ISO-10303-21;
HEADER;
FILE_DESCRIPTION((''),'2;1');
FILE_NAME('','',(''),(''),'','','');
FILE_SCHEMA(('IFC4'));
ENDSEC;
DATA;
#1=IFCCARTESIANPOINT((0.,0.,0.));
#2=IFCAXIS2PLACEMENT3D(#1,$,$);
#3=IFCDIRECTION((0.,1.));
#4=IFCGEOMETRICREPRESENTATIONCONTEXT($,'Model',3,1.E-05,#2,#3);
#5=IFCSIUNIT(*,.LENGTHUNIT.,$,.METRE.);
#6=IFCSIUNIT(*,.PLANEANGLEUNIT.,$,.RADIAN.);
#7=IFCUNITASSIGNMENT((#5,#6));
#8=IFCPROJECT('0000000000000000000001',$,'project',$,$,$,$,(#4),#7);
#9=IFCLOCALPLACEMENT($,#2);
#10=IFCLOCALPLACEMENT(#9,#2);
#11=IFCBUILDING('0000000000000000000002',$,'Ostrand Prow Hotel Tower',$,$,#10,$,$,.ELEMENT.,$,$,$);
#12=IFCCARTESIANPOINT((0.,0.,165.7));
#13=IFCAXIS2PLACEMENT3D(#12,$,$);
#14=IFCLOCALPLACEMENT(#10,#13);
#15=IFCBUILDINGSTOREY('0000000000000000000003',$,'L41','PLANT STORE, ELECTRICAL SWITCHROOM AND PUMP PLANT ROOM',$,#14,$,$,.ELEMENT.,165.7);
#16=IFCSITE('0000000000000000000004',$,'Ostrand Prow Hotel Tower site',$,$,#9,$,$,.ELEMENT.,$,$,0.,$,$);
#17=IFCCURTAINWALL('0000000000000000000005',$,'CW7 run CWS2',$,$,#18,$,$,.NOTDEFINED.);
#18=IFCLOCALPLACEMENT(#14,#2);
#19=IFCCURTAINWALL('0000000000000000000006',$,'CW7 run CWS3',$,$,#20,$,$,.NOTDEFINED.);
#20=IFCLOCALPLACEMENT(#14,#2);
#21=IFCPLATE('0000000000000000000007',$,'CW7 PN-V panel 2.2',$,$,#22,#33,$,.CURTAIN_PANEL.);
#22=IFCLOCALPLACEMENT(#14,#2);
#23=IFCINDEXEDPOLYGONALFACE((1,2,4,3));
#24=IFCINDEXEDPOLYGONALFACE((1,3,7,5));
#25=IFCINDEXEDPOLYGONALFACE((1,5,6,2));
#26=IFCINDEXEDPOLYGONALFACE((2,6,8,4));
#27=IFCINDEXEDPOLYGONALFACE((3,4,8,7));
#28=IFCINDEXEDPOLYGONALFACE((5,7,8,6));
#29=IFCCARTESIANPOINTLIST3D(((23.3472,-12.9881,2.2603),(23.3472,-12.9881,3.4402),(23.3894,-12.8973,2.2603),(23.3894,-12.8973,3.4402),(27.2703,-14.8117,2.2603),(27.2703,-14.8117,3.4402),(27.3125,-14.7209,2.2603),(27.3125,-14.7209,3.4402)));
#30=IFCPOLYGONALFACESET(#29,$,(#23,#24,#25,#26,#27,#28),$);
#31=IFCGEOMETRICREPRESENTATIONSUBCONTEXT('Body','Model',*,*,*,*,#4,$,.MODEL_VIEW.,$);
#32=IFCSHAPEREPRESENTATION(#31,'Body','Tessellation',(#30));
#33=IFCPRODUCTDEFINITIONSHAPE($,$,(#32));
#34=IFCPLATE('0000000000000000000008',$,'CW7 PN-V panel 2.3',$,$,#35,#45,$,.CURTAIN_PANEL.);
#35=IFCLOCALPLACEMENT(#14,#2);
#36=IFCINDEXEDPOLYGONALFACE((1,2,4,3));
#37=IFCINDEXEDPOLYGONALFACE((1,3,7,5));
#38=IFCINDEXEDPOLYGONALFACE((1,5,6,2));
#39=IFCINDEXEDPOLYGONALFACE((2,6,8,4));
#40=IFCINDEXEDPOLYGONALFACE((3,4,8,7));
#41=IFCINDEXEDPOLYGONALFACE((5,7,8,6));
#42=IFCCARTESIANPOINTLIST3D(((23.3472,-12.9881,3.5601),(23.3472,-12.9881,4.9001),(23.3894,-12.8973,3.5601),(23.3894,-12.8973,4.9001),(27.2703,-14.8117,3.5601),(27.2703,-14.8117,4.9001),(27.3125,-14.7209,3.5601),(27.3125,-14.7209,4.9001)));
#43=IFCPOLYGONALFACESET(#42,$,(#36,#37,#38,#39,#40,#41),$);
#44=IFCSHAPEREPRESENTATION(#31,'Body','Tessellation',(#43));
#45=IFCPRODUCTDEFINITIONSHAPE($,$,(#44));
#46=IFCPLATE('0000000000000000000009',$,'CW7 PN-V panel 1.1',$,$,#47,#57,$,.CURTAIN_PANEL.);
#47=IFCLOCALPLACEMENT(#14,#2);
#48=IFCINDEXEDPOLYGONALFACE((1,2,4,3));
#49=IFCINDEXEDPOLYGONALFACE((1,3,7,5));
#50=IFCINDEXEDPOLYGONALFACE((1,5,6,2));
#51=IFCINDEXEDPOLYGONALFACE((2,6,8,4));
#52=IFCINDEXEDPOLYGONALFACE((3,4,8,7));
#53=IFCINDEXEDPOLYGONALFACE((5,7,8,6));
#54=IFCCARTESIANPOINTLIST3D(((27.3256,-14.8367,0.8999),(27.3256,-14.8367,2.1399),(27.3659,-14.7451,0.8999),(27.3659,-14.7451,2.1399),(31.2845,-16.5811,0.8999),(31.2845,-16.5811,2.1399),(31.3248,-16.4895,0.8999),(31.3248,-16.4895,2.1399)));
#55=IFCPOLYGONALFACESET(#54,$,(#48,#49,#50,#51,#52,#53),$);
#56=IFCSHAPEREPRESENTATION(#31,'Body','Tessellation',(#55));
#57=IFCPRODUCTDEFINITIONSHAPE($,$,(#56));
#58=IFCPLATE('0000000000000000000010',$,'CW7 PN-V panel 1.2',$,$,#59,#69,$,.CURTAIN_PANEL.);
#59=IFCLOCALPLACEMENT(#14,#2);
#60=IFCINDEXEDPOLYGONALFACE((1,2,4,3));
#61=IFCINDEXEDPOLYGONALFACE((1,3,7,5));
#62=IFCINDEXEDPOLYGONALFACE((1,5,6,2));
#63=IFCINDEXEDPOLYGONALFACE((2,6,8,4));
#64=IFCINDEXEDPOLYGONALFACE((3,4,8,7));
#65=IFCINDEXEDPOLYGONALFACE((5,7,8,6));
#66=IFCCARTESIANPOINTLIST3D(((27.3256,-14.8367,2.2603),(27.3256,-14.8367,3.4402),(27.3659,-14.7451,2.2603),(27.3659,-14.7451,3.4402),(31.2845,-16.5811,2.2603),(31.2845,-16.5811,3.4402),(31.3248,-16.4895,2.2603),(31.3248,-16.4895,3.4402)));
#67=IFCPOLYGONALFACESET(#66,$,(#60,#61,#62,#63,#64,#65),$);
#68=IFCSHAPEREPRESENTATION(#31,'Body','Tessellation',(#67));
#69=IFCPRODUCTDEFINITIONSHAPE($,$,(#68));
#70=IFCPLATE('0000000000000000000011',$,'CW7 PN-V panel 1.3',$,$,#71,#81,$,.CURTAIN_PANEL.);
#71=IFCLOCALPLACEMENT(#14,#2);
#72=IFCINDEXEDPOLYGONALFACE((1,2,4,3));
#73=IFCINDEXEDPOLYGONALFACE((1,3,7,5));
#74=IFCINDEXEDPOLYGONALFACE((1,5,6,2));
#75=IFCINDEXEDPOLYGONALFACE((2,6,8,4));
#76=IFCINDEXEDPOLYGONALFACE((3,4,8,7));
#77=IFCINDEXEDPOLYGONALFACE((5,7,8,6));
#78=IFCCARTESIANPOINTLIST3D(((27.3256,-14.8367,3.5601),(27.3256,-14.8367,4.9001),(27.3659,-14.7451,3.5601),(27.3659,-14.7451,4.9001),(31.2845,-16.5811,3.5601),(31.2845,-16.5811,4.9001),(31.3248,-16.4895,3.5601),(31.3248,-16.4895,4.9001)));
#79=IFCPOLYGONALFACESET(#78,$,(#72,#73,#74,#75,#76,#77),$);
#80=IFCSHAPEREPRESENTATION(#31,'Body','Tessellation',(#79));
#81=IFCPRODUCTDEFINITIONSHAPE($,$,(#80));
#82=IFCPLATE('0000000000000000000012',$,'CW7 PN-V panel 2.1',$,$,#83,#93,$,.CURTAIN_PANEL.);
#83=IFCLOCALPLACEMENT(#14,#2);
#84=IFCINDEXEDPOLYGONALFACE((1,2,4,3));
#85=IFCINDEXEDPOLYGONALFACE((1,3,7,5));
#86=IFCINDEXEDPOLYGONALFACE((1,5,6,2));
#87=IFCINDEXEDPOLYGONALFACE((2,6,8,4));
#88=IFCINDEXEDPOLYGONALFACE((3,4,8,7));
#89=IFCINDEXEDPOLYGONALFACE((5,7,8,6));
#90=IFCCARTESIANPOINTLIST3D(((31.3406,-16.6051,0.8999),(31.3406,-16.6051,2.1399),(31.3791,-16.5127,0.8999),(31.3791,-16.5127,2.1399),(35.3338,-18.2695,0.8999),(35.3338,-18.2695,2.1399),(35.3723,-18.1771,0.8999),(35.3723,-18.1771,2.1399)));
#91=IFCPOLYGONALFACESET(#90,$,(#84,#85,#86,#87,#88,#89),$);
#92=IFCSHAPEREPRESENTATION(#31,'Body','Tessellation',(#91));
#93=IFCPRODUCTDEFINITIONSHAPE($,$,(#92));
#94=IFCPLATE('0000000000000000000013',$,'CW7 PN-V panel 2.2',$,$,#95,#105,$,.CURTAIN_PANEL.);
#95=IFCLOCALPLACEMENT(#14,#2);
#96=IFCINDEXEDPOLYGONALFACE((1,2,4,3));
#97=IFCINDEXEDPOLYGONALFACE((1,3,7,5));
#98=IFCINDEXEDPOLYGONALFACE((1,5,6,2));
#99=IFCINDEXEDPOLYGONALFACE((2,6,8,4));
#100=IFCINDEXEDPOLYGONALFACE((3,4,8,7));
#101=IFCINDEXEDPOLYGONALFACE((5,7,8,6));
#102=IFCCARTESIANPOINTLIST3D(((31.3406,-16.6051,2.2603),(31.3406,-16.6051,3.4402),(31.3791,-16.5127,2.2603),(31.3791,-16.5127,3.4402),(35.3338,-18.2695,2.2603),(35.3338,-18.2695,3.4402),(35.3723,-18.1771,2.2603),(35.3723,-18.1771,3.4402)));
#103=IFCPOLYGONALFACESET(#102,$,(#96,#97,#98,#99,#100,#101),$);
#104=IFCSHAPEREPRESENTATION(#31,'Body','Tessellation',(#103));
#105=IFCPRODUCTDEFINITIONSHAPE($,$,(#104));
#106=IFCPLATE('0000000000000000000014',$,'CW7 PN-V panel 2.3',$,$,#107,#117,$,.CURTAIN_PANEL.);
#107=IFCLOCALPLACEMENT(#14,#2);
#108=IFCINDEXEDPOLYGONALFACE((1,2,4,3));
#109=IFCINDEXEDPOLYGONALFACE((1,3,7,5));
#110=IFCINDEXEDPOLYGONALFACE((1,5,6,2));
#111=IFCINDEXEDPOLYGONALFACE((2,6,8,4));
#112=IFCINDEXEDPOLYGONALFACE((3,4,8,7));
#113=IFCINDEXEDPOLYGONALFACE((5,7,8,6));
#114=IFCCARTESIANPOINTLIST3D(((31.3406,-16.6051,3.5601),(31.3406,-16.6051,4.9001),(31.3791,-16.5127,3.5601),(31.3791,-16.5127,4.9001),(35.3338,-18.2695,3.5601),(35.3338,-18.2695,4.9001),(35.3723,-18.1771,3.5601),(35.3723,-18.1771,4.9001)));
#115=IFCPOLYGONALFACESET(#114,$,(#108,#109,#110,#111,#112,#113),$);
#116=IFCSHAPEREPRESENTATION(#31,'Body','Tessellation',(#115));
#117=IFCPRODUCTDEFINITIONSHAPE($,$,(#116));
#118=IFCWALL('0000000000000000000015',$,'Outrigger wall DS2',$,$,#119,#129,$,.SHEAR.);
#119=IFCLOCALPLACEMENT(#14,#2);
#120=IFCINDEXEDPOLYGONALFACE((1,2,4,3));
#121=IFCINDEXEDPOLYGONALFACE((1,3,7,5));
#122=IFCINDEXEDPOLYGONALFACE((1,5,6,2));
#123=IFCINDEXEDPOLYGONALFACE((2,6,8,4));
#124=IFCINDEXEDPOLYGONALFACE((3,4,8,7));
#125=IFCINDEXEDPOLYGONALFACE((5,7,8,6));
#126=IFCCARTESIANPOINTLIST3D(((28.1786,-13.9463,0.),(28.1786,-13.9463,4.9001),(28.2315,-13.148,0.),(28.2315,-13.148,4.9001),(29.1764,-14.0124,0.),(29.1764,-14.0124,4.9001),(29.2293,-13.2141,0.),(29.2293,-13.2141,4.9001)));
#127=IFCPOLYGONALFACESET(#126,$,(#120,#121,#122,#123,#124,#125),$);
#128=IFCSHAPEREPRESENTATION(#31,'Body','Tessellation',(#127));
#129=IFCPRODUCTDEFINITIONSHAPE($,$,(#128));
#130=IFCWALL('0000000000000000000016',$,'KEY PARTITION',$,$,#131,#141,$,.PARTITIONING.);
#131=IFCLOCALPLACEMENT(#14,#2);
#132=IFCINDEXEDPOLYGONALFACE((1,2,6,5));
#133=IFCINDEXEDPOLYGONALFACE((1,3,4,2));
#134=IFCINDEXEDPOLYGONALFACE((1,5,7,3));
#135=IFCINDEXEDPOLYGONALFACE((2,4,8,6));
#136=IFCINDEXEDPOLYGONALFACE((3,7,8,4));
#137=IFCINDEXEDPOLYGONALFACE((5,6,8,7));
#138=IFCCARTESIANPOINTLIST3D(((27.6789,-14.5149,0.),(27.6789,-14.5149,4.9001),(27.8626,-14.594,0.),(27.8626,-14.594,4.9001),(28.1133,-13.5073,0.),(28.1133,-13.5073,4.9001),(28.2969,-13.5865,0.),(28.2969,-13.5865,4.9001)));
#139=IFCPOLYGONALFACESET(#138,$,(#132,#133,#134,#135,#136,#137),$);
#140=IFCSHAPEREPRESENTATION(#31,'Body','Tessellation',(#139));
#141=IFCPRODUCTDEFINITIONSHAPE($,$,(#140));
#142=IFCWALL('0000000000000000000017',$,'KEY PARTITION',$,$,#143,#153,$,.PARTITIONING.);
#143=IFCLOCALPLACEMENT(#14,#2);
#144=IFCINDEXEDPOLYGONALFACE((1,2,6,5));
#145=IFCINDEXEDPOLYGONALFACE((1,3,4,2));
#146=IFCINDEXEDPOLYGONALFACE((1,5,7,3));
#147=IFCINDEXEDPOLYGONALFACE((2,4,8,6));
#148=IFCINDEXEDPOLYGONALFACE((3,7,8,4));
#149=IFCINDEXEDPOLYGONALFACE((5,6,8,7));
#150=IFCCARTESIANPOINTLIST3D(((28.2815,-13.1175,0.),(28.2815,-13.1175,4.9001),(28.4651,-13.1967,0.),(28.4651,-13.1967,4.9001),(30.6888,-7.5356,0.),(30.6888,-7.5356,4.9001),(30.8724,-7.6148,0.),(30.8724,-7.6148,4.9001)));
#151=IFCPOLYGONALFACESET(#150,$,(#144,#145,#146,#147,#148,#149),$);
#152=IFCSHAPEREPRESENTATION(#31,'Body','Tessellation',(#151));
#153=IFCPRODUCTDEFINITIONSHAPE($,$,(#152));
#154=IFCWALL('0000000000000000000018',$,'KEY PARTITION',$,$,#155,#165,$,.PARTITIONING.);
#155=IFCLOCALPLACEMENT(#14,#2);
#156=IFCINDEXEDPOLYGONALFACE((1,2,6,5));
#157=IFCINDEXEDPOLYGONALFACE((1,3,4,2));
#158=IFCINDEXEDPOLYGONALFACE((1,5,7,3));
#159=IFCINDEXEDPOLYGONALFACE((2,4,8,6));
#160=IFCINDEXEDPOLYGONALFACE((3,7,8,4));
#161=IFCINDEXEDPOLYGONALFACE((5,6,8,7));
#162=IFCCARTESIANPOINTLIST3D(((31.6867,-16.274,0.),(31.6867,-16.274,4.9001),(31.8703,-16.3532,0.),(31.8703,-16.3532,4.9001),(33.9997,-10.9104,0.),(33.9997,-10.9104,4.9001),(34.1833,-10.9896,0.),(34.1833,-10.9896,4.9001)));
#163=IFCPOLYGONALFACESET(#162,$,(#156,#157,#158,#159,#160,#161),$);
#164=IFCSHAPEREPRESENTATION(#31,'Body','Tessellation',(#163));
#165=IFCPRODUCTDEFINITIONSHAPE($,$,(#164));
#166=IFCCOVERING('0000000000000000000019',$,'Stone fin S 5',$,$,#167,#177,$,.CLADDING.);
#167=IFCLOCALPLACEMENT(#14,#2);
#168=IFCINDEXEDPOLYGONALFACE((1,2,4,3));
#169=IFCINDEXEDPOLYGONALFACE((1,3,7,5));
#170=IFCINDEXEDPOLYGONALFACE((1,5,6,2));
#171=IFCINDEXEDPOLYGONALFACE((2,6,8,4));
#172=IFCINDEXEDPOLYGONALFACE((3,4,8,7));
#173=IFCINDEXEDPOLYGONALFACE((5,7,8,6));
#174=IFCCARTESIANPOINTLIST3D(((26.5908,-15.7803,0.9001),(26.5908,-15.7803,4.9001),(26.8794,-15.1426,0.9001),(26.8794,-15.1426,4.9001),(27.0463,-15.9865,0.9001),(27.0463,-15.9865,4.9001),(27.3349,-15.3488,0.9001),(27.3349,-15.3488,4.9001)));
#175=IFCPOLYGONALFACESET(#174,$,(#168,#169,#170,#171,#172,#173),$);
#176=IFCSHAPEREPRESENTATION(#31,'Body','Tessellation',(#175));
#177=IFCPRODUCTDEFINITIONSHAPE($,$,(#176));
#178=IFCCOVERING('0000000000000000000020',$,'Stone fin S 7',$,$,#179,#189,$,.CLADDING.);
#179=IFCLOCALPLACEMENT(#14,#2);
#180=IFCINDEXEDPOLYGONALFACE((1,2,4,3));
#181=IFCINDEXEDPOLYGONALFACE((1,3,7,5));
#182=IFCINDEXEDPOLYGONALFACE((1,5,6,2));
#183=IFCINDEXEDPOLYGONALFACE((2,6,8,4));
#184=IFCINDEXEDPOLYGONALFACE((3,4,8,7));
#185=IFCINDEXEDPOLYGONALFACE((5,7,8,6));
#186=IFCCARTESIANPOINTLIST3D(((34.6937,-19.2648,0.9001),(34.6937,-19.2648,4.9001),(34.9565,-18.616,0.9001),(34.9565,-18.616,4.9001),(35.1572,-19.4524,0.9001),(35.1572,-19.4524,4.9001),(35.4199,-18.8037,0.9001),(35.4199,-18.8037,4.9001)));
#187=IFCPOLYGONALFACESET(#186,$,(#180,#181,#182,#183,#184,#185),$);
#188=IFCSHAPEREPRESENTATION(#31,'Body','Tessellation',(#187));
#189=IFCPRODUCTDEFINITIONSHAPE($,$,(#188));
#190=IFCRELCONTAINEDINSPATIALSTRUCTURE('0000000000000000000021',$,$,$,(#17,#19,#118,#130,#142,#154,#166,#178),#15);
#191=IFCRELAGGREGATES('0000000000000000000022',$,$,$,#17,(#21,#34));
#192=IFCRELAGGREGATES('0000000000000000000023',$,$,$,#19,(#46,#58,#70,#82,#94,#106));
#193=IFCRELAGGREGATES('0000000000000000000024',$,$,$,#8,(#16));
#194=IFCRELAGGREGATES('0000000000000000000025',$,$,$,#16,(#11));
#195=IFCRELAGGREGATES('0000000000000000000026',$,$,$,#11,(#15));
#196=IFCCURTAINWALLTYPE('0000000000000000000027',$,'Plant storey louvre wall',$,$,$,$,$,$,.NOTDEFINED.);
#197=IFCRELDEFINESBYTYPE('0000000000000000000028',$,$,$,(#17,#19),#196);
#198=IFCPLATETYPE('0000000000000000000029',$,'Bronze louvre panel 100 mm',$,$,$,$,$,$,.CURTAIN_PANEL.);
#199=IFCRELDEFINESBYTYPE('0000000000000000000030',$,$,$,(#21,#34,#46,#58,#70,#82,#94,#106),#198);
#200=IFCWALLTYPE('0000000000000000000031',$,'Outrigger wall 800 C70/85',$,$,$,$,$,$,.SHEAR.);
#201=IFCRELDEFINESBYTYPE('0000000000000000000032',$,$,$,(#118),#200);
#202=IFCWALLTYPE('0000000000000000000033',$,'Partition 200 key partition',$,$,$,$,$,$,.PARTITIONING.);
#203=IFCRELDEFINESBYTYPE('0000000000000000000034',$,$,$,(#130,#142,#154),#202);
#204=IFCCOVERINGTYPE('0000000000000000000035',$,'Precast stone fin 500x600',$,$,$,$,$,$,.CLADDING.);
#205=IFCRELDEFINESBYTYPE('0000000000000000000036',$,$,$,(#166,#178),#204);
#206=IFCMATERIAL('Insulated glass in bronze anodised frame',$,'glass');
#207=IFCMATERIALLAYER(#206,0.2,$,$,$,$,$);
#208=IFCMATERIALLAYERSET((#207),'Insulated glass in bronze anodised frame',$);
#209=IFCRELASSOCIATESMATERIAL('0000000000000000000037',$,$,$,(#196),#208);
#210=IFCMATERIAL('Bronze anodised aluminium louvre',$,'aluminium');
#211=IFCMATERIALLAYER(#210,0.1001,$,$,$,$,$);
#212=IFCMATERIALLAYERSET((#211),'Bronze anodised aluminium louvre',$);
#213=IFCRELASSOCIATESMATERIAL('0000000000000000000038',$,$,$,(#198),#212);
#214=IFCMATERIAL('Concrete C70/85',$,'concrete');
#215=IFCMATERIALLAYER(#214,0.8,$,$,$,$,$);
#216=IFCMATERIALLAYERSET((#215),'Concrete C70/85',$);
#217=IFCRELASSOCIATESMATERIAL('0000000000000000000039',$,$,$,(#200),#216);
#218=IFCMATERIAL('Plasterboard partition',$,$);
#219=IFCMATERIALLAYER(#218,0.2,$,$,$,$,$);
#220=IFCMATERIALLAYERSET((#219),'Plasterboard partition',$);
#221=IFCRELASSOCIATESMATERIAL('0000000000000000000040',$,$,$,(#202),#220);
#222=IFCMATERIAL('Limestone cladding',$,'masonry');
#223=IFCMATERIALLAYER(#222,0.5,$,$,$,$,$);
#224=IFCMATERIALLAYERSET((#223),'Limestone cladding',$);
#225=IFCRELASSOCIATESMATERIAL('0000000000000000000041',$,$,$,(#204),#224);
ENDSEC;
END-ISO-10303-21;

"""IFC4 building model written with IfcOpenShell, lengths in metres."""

from ifc_helpers import new_model, si_unit, direction, frame, frame_2d, origin, origin_2d, place, context, subcontext, project, spatial, rectangle, extrude, material, layer, layer_set, type_object, element, aggregate, save


model = new_model("IFC4")

# Units and contexts
model_context = context("Model", 3, precision=1e-05, world=origin(), true_north=direction((0.0, 1.0)))
body_context = subcontext(model_context, "Body", "Model", "MODEL_VIEW")
ifc_project = project(units=[si_unit("LENGTHUNIT", "METRE"), si_unit("PLANEANGLEUNIT", "RADIAN")], contexts=[model_context])

# Site, building, storey
site_placement = place(None, origin())
site = spatial("IfcSite", under=ifc_project, at=site_placement, Name="Ostrand Prow Hotel Tower site", CompositionType="ELEMENT", RefElevation=0.0)
building_placement = place(site_placement, origin())
building = spatial("IfcBuilding", under=site, at=building_placement, Name="Ostrand Prow Hotel Tower", CompositionType="ELEMENT")
storey_placement = place(building_placement, frame((0.0, 0.0, 165.7)))
storey = spatial("IfcBuildingStorey", under=building, at=storey_placement, Name="L41", Description="PLANT STORE, ELECTRICAL SWITCHROOM AND PUMP PLANT ROOM", CompositionType="ELEMENT", Elevation=165.7)

# Curtain wall
ifc_material_1 = material(Name="Insulated glass in bronze anodised frame", Category="glass")
ifc_layer_1 = layer(ifc_material_1, 0.2)
ifc_layer_set_1 = layer_set([ifc_layer_1], Name="Insulated glass in bronze anodised frame")
curtain_wall_type = type_object("IfcCurtainWallType", Name="Plant storey louvre wall", PredefinedType="NOTDEFINED", material=ifc_layer_set_1)
curtain_wall_1_placement = place(storey_placement, origin())
curtain_wall_1 = element("IfcCurtainWall", 1, at=curtain_wall_1_placement, inside=storey, type_object=curtain_wall_type, Name="CW7 run CWS2", PredefinedType="NOTDEFINED")

# Curtain wall
curtain_wall_2_placement = place(storey_placement, origin())
curtain_wall_2 = element("IfcCurtainWall", 2, at=curtain_wall_2_placement, inside=storey, type_object=curtain_wall_type, Name="CW7 run CWS3", PredefinedType="NOTDEFINED")

# Plates
ifc_material_2 = material(Name="Bronze anodised aluminium louvre", Category="aluminium")
ifc_layer_2 = layer(ifc_material_2, 0.1001)
ifc_layer_set_2 = layer_set([ifc_layer_2], Name="Bronze anodised aluminium louvre")
plate_type = type_object("IfcPlateType", Name="Bronze louvre panel 100 mm", PredefinedType="CURTAIN_PANEL", material=ifc_layer_set_2)
plate_1_placement = place(storey_placement, frame((25.3298, -13.8545, 2.2603), z_axis=(0.0, 0.0, 1.0), x_axis=(0.906818, -0.421522, 0.0)))
plate_1 = element("IfcPlate", 3, at=plate_1_placement, type_object=plate_type, Name="CW7 PN-V panel 2.2", PredefinedType="CURTAIN_PANEL", context=body_context, shape_type="SweptSolid", body=[
    extrude(rectangle(XDim=4.3262, YDim=0.1001, at=origin_2d()), origin(), (0.0, 0.0, 1.0), 1.1799),
])
plate_2_placement = place(storey_placement, frame((25.3298, -13.8545, 3.5601), z_axis=(0.0, 0.0, 1.0), x_axis=(0.906818, -0.421522, 0.0)))
plate_2 = element("IfcPlate", 4, at=plate_2_placement, type_object=plate_type, Name="CW7 PN-V panel 2.3", PredefinedType="CURTAIN_PANEL", context=body_context, shape_type="SweptSolid", body=[
    extrude(rectangle(XDim=4.3262, YDim=0.1001, at=origin_2d()), origin(), (0.0, 0.0, 1.0), 1.3401),
])
aggregate(curtain_wall_1, [plate_1, plate_2])
plate_3_placement = place(storey_placement, frame((29.3252, -15.6631, 0.8999), z_axis=(0.0, 0.0, 1.0), x_axis=(0.915106, -0.403213, 0.0)))
plate_3 = element("IfcPlate", 5, at=plate_3_placement, type_object=plate_type, Name="CW7 PN-V panel 1.1", PredefinedType="CURTAIN_PANEL", context=body_context, shape_type="SweptSolid", body=[
    extrude(rectangle(XDim=4.3262, YDim=0.1001, at=origin_2d()), origin(), (0.0, 0.0, 1.0), 1.24),
])
plate_4_placement = place(storey_placement, frame((29.3252, -15.6631, 2.2603), z_axis=(0.0, 0.0, 1.0), x_axis=(0.915106, -0.403213, 0.0)))
plate_4 = element("IfcPlate", 6, at=plate_4_placement, type_object=plate_type, Name="CW7 PN-V panel 1.2", PredefinedType="CURTAIN_PANEL", context=body_context, shape_type="SweptSolid", body=[
    extrude(rectangle(XDim=4.3262, YDim=0.1001, at=origin_2d()), origin(), (0.0, 0.0, 1.0), 1.1799),
])
plate_5_placement = place(storey_placement, frame((29.3252, -15.6631, 3.5601), z_axis=(0.0, 0.0, 1.0), x_axis=(0.915106, -0.403213, 0.0)))
plate_5 = element("IfcPlate", 7, at=plate_5_placement, type_object=plate_type, Name="CW7 PN-V panel 1.3", PredefinedType="CURTAIN_PANEL", context=body_context, shape_type="SweptSolid", body=[
    extrude(rectangle(XDim=4.3262, YDim=0.1001, at=origin_2d()), origin(), (0.0, 0.0, 1.0), 1.3401),
])
plate_6_placement = place(storey_placement, frame((33.3564, -17.3911, 0.8999), z_axis=(0.0, 0.0, 1.0), x_axis=(0.923024, -0.384743, 0.0)))
plate_6 = element("IfcPlate", 8, at=plate_6_placement, type_object=plate_type, Name="CW7 PN-V panel 2.1", PredefinedType="CURTAIN_PANEL", context=body_context, shape_type="SweptSolid", body=[
    extrude(rectangle(XDim=4.3262, YDim=0.1001, at=origin_2d()), origin(), (0.0, 0.0, 1.0), 1.24),
])
plate_7_placement = place(storey_placement, frame((33.3564, -17.3911, 2.2603), z_axis=(0.0, 0.0, 1.0), x_axis=(0.923024, -0.384743, 0.0)))
plate_7 = element("IfcPlate", 9, at=plate_7_placement, type_object=plate_type, Name="CW7 PN-V panel 2.2", PredefinedType="CURTAIN_PANEL", context=body_context, shape_type="SweptSolid", body=[
    extrude(rectangle(XDim=4.3262, YDim=0.1001, at=origin_2d()), origin(), (0.0, 0.0, 1.0), 1.1799),
])
plate_8_placement = place(storey_placement, frame((33.3564, -17.3911, 3.5601), z_axis=(0.0, 0.0, 1.0), x_axis=(0.923024, -0.384743, 0.0)))
plate_8 = element("IfcPlate", 10, at=plate_8_placement, type_object=plate_type, Name="CW7 PN-V panel 2.3", PredefinedType="CURTAIN_PANEL", context=body_context, shape_type="SweptSolid", body=[
    extrude(rectangle(XDim=4.3262, YDim=0.1001, at=origin_2d()), origin(), (0.0, 0.0, 1.0), 1.3401),
])
aggregate(curtain_wall_2, [plate_3, plate_4, plate_5, plate_6, plate_7, plate_8])

# Walls
ifc_material_3 = material(Name="Concrete C70/85", Category="concrete")
ifc_layer_3 = layer(ifc_material_3, 0.8)
ifc_layer_set_3 = layer_set([ifc_layer_3], Name="Concrete C70/85")
wall_type_1 = type_object("IfcWallType", Name="Outrigger wall 800 C70/85", PredefinedType="SHEAR", material=ifc_layer_set_3)
wall_1_placement = place(storey_placement, frame((29.2029, -13.6133, 0.0), z_axis=(0.0, 0.0, 1.0), x_axis=(-0.997809, 0.066163, 0.0)))
element("IfcWall", 11, at=wall_1_placement, inside=storey, type_object=wall_type_1, Name="Outrigger wall DS2", PredefinedType="SHEAR", context=body_context, shape_type="SweptSolid", body=[
    extrude(rectangle(XDim=1.0, YDim=0.8, at=frame_2d((0.5, 0.0))), origin(), (0.0, 0.0, 1.0), 4.9001),
])
ifc_material_4 = material(Name="Plasterboard partition")
ifc_layer_4 = layer(ifc_material_4, 0.2)
ifc_layer_set_4 = layer_set([ifc_layer_4], Name="Plasterboard partition")
wall_type_2 = type_object("IfcWallType", Name="Partition 200 key partition", PredefinedType="PARTITIONING", material=ifc_layer_set_4)
wall_2_placement = place(storey_placement, frame((27.7708, -14.5544, 0.0), z_axis=(0.0, 0.0, 1.0), x_axis=(0.395852, 0.918314, 0.0)))
element("IfcWall", 12, at=wall_2_placement, inside=storey, type_object=wall_type_2, Name="KEY PARTITION", PredefinedType="PARTITIONING", context=body_context, shape_type="SweptSolid", body=[
    extrude(rectangle(XDim=1.0972, YDim=0.2, at=frame_2d((0.5486, 0.0))), origin(), (0.0, 0.0, 1.0), 4.9001),
])
wall_3_placement = place(storey_placement, frame((28.3733, -13.1572, 0.0), z_axis=(0.0, 0.0, 1.0), x_axis=(0.396007, 0.918247, 0.0)))
element("IfcWall", 13, at=wall_3_placement, inside=storey, type_object=wall_type_2, Name="KEY PARTITION", PredefinedType="PARTITIONING", context=body_context, shape_type="SweptSolid", body=[
    extrude(rectangle(XDim=6.0789, YDim=0.2, at=frame_2d((3.0396, 0.0))), origin(), (0.0, 0.0, 1.0), 4.9001),
])
wall_4_placement = place(storey_placement, frame((31.7786, -16.3135, 0.0), z_axis=(0.0, 0.0, 1.0), x_axis=(0.395992, 0.918254, 0.0)))
element("IfcWall", 14, at=wall_4_placement, inside=storey, type_object=wall_type_2, Name="KEY PARTITION", PredefinedType="PARTITIONING", context=body_context, shape_type="SweptSolid", body=[
    extrude(rectangle(XDim=5.8411, YDim=0.2, at=frame_2d((2.9204, 0.0))), origin(), (0.0, 0.0, 1.0), 4.9001),
])

# Coverings
ifc_material_5 = material(Name="Limestone cladding", Category="masonry")
ifc_layer_5 = layer(ifc_material_5, 0.5)
ifc_layer_set_5 = layer_set([ifc_layer_5], Name="Limestone cladding")
covering_type = type_object("IfcCoveringType", Name="Precast stone fin 500x600", PredefinedType="CLADDING", material=ifc_layer_set_5)
for number, where, z_axis, x_axis, name in (
    (15, (27.1072, -15.2456, 0.9001), (0.0, 0.0, 1.0), (-0.412278, -0.911058, 0.0), "Stone fin S 5"),
    (16, (35.1882, -18.7097, 0.9001), (0.0, 0.0, 1.0), (-0.375357, -0.92688, 0.0), "Stone fin S 7"),
):
    element("IfcCovering", number, at=place(storey_placement, frame(where, z_axis=z_axis, x_axis=x_axis)), inside=storey, type_object=covering_type, Name=name, PredefinedType="CLADDING", context=body_context, shape_type="SweptSolid", body=[
        extrude(rectangle(XDim=0.7, YDim=0.5, at=frame_2d((0.3501, 0.0))), origin(), (0.0, 0.0, 1.0), 4.0),
    ])

save(model, "model.ifc")
